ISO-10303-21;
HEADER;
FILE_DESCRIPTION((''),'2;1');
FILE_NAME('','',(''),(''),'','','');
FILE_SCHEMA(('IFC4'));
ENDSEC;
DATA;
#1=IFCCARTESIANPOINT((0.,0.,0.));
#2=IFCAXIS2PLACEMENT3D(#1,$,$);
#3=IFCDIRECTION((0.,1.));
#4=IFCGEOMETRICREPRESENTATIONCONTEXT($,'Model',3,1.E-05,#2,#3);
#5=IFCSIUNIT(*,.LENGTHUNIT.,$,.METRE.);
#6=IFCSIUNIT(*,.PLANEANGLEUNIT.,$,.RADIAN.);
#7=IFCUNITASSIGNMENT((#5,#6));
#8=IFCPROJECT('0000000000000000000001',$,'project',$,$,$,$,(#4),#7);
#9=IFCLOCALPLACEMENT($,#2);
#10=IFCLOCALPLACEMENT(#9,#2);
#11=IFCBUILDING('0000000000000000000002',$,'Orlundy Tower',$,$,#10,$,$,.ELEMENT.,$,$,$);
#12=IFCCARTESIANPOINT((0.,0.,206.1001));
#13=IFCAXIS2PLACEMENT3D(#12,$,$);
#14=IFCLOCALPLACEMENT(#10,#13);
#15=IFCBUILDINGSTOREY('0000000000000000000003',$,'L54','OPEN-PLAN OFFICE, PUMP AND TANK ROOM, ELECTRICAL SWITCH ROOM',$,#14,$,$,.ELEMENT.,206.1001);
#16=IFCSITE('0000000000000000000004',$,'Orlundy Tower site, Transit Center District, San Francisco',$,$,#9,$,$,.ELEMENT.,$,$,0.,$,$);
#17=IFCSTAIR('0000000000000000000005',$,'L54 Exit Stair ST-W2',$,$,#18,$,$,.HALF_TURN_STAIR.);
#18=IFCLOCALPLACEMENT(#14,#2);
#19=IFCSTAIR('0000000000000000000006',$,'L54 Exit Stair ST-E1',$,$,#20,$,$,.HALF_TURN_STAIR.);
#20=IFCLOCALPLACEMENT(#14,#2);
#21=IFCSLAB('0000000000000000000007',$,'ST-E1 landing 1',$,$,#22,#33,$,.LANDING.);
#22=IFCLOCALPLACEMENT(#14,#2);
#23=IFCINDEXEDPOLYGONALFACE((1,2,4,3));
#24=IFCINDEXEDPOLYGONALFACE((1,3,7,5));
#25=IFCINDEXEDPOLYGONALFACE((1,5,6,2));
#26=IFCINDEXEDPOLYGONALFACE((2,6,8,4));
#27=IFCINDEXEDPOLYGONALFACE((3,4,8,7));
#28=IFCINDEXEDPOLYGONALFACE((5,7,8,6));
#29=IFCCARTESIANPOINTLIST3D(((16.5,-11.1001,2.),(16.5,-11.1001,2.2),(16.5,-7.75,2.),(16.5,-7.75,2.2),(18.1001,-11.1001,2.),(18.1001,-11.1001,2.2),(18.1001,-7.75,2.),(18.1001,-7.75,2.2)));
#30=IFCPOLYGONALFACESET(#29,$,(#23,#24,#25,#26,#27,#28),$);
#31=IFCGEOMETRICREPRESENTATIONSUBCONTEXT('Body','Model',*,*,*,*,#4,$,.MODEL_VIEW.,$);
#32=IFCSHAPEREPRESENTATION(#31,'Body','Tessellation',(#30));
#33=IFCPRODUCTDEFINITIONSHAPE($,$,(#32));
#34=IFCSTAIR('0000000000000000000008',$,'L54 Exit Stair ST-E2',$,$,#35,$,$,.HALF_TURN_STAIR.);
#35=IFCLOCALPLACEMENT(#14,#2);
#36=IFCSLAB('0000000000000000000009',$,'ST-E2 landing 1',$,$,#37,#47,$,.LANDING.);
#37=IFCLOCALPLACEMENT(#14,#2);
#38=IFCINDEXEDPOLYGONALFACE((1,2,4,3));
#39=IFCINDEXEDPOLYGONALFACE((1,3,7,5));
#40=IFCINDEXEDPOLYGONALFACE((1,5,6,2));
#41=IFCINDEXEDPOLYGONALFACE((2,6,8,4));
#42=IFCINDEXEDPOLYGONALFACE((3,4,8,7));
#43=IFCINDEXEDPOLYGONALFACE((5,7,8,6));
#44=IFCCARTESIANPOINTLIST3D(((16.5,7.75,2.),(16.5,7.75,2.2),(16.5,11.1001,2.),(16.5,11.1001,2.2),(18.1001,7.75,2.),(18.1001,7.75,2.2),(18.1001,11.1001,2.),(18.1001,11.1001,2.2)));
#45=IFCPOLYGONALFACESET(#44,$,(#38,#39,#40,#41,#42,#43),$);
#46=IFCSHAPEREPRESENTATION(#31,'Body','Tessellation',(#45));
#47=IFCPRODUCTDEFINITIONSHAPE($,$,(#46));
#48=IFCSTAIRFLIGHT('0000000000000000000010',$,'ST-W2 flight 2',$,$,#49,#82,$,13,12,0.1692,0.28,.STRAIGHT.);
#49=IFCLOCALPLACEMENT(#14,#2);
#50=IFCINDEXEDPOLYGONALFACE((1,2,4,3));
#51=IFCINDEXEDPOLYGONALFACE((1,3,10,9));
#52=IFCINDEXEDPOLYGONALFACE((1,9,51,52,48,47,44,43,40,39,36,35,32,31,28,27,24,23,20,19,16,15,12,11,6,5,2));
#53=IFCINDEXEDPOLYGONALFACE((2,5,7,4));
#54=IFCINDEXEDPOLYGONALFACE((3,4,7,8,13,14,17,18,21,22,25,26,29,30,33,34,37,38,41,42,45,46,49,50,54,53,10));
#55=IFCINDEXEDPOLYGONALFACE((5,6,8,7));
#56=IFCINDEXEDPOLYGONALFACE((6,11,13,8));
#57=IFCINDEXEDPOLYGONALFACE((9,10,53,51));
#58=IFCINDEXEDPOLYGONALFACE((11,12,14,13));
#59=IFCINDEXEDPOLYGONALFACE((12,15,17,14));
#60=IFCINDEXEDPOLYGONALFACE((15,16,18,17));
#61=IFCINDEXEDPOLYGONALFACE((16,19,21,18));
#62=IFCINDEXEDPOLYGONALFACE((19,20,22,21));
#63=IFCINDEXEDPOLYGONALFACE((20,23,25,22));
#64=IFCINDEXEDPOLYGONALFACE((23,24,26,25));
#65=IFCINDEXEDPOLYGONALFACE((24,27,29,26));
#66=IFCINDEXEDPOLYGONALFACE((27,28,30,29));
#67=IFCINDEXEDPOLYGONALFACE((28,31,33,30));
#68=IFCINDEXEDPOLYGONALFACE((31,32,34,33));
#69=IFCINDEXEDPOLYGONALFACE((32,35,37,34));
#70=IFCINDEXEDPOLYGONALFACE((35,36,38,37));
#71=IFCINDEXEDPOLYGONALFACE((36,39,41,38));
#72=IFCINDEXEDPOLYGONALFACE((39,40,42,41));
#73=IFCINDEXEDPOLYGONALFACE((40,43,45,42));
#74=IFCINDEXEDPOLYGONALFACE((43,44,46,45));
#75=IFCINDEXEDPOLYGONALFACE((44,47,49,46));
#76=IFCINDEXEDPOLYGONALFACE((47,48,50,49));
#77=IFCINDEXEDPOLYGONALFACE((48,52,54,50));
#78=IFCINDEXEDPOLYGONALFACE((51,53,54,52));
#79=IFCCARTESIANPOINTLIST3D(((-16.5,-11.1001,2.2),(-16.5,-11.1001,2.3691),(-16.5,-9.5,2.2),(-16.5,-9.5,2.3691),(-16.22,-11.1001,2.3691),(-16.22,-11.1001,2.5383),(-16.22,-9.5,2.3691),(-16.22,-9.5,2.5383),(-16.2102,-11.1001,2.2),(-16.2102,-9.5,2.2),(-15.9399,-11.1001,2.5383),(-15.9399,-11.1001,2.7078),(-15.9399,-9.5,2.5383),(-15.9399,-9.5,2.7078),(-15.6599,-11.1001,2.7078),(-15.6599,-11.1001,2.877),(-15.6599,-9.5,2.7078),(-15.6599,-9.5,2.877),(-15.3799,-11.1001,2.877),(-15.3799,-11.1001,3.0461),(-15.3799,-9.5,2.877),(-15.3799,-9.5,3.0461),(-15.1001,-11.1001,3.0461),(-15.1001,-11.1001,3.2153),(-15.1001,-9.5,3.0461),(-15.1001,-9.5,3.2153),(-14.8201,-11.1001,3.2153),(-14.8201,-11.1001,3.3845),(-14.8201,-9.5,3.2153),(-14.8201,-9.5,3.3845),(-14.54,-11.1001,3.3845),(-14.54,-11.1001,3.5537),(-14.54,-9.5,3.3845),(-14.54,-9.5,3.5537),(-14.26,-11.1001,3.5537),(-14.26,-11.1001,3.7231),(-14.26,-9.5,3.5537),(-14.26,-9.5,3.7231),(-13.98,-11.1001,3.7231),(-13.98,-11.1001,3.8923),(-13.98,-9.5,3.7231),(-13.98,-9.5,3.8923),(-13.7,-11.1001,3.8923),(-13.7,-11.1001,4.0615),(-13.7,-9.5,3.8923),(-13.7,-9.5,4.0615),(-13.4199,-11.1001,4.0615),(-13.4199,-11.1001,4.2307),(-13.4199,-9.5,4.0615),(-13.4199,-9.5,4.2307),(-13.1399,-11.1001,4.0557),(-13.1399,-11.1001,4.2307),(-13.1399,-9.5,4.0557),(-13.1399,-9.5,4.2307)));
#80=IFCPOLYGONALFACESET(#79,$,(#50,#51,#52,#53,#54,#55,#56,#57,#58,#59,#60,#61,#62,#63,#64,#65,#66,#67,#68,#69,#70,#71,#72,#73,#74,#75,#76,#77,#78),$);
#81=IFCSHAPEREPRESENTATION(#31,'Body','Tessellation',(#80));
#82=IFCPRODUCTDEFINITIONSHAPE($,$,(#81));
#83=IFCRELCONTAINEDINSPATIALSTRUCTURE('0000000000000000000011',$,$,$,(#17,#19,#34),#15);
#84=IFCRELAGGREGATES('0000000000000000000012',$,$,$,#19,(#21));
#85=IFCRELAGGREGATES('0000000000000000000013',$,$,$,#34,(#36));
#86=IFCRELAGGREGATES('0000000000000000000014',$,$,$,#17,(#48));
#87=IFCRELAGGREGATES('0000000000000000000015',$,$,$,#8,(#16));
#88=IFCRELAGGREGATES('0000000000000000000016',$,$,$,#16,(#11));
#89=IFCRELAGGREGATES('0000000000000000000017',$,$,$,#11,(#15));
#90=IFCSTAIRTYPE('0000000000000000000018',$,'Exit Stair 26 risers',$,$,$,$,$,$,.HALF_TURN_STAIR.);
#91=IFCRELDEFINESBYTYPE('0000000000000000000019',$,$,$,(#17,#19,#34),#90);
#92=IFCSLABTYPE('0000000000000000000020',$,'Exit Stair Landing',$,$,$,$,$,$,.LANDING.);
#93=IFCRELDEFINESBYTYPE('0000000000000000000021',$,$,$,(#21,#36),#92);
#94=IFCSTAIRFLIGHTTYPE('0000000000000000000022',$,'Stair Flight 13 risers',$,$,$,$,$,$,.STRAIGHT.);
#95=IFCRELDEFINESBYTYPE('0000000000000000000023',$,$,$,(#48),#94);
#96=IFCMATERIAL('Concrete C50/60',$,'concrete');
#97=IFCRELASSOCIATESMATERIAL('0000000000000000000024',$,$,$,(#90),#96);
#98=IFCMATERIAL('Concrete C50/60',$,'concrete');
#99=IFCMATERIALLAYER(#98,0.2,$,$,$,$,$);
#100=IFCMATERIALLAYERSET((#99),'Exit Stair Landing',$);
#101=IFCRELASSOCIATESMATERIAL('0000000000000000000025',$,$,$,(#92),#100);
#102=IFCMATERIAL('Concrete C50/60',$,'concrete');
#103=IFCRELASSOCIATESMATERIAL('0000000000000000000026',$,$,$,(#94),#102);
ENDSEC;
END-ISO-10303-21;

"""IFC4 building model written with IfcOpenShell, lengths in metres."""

from ifc_helpers import new_model, si_unit, direction, frame, origin, place, context, subcontext, project, spatial, polyline, outline, extrude, material, layer, layer_set, type_object, element, aggregate, save


model = new_model("IFC4")

# Units and contexts
model_context = context("Model", 3, precision=1e-05, world=origin(), true_north=direction((0.0, 1.0)))
body_context = subcontext(model_context, "Body", "Model", "MODEL_VIEW")
ifc_project = project(units=[si_unit("LENGTHUNIT", "METRE"), si_unit("PLANEANGLEUNIT", "RADIAN")], contexts=[model_context])

# Site, building, storey
site_placement = place(None, origin())
site = spatial("IfcSite", under=ifc_project, at=site_placement, Name="Orlundy Tower site, Transit Center District, San Francisco", CompositionType="ELEMENT", RefElevation=0.0)
building_placement = place(site_placement, origin())
building = spatial("IfcBuilding", under=site, at=building_placement, Name="Orlundy Tower", CompositionType="ELEMENT")
storey_placement = place(building_placement, frame((0.0, 0.0, 206.1001)))
storey = spatial("IfcBuildingStorey", under=building, at=storey_placement, Name="L54", Description="OPEN-PLAN OFFICE, PUMP AND TANK ROOM, ELECTRICAL SWITCH ROOM", CompositionType="ELEMENT", Elevation=206.1001)

# Stairs, slabs
ifc_material_1 = material(Name="Concrete C50/60", Category="concrete")
stair_type = type_object("IfcStairType", Name="Exit Stair 26 risers", PredefinedType="HALF_TURN_STAIR", material=ifc_material_1)
ifc_material_2 = material(Name="Concrete C50/60", Category="concrete")
ifc_layer = layer(ifc_material_2, 0.2)
ifc_layer_set = layer_set([ifc_layer], Name="Exit Stair Landing")
slab_type = type_object("IfcSlabType", Name="Exit Stair Landing", PredefinedType="LANDING", material=ifc_layer_set)
stair_1_placement = place(storey_placement, origin())
stair_1 = element("IfcStair", 1, at=stair_1_placement, inside=storey, type_object=stair_type, Name="L54 Exit Stair ST-W2", PredefinedType="HALF_TURN_STAIR")
stair_2_placement = place(storey_placement, origin())
stair_2 = element("IfcStair", 2, at=stair_2_placement, inside=storey, type_object=stair_type, Name="L54 Exit Stair ST-E1", PredefinedType="HALF_TURN_STAIR")
slab_1_placement = place(storey_placement, frame((0.0, 0.0, 2.0)))
slab_1 = element("IfcSlab", 3, at=slab_1_placement, type_object=slab_type, Name="ST-E1 landing 1", PredefinedType="LANDING", context=body_context, shape_type="SweptSolid", body=[
    extrude(outline(polyline([(16.5, -11.1001), (18.1001, -11.1001), (18.1001, -7.75), (16.5, -7.75), (16.5, -11.1001)])), origin(), (0.0, 0.0, 1.0), 0.2),
])
aggregate(stair_2, [slab_1])
stair_3_placement = place(storey_placement, origin())
stair_3 = element("IfcStair", 4, at=stair_3_placement, inside=storey, type_object=stair_type, Name="L54 Exit Stair ST-E2", PredefinedType="HALF_TURN_STAIR")
slab_2_placement = place(storey_placement, frame((0.0, 0.0, 2.0)))
slab_2 = element("IfcSlab", 5, at=slab_2_placement, type_object=slab_type, Name="ST-E2 landing 1", PredefinedType="LANDING", context=body_context, shape_type="SweptSolid", body=[
    extrude(outline(polyline([(16.5, 7.75), (18.1001, 7.75), (18.1001, 11.1001), (16.5, 11.1001), (16.5, 7.75)])), origin(), (0.0, 0.0, 1.0), 0.2),
])
aggregate(stair_3, [slab_2])

# Stair flight
ifc_material_3 = material(Name="Concrete C50/60", Category="concrete")
stair_flight_type = type_object("IfcStairFlightType", Name="Stair Flight 13 risers", PredefinedType="STRAIGHT", material=ifc_material_3)
stair_flight_placement = place(storey_placement, frame((-16.5, -10.3, 2.2), z_axis=(0.0, 0.0, 1.0), x_axis=(1.0, 0.0, 0.0)))
stair_flight = element("IfcStairFlight", 6, at=stair_flight_placement, type_object=stair_flight_type, Name="ST-W2 flight 2", NumberOfRisers=13, NumberOfTreads=12, PredefinedType="STRAIGHT", RiserHeight=0.1692, TreadLength=0.28, context=body_context, shape_type="SweptSolid", body=[
    extrude(outline(polyline([(0.0, 0.0), (0.0, 0.1692), (0.28, 0.1692), (0.28, 0.3384), (0.5601, 0.3384), (0.5601, 0.5078), (0.8401, 0.5078), (0.8401, 0.677), (1.1201, 0.677), (1.1201, 0.8462), (1.3999, 0.8462), (1.3999, 1.0154), (1.6799, 1.0154), (1.6799, 1.1846), (1.96, 1.1846), (1.96, 1.3538), (2.24, 1.3538), (2.24, 1.5232), (2.52, 1.5232), (2.52, 1.6924), (2.8, 1.6924), (2.8, 1.8616), (3.0801, 1.8616), (3.0801, 2.0308), (3.3601, 2.0308), (3.3601, 2.2), (3.3601, 1.8557), (0.2898, 0.0), (0.0, 0.0)])), frame((0.0, 0.8, 0.0), z_axis=(0.0, -1.0, 0.0), x_axis=(1.0, 0.0, 0.0)), (0.0, 0.0, 1.0), 1.6001),
])
aggregate(stair_1, [stair_flight])

save(model, "model.ifc")
